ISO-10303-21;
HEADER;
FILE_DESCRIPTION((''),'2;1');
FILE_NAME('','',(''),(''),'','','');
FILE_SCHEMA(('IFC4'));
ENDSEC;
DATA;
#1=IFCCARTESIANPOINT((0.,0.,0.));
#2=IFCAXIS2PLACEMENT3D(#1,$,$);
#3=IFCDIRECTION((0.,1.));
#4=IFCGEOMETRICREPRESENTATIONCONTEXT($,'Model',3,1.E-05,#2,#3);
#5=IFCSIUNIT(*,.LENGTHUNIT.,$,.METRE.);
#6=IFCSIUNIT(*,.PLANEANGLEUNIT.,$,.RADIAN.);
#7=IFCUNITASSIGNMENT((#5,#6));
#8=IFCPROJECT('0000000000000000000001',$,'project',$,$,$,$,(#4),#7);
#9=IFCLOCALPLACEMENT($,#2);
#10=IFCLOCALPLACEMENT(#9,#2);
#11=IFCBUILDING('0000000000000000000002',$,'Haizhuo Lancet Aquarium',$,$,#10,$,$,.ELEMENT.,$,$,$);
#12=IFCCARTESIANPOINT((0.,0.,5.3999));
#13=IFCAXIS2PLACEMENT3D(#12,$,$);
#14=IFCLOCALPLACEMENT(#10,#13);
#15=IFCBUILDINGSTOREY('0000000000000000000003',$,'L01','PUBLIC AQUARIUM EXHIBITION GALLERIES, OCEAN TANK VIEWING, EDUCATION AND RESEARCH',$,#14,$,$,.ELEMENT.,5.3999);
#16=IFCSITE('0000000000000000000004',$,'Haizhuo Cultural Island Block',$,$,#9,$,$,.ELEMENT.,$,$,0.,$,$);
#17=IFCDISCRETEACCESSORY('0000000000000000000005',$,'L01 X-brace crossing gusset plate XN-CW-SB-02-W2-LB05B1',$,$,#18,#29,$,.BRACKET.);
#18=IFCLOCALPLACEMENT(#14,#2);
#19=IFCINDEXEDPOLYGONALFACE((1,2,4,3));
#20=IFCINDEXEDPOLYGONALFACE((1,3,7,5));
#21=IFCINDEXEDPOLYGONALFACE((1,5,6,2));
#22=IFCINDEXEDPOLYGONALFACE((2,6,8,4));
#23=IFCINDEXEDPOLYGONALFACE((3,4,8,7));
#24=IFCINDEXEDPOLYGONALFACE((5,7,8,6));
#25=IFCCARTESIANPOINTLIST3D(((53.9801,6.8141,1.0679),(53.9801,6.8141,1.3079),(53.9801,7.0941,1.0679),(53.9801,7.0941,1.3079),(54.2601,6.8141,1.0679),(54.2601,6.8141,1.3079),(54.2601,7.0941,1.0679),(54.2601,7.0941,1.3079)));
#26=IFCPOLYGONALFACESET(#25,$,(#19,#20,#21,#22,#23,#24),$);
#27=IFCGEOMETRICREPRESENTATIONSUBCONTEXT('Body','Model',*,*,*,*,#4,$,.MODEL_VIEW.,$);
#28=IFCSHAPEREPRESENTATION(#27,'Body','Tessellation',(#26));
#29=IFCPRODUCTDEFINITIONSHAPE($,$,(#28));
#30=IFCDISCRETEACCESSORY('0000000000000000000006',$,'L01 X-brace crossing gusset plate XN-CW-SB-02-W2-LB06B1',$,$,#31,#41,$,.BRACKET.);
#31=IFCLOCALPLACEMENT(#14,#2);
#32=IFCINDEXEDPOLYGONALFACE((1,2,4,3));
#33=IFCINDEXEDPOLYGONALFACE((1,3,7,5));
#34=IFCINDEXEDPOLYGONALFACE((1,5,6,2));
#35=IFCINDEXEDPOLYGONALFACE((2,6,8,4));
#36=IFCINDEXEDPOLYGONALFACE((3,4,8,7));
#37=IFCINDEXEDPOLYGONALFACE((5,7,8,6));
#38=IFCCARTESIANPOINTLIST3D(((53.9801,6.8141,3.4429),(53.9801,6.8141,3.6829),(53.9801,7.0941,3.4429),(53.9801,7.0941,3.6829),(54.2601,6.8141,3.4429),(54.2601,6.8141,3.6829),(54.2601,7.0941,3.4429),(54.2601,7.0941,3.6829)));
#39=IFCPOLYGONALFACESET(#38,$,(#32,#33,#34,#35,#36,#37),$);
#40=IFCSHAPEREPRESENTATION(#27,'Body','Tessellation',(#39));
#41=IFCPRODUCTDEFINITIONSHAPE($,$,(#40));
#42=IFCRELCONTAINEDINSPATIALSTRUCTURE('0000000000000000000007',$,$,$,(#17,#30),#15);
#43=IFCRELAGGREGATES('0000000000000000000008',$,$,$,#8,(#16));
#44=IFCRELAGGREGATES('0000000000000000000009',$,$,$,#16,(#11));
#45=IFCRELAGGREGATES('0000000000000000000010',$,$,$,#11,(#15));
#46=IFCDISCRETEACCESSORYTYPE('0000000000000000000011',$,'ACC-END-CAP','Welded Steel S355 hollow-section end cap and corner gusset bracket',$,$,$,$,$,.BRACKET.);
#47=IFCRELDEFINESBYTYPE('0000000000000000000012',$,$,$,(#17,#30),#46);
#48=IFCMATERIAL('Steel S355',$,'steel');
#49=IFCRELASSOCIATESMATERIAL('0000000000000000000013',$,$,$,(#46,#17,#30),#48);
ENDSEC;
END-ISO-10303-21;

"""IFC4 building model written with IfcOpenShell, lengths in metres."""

from ifc_helpers import new_model, si_unit, direction, frame, origin, origin_2d, place, context, subcontext, project, spatial, rectangle, extrude, material, type_object, element, save


model = new_model("IFC4")

# Units and contexts
model_context = context("Model", 3, precision=1e-05, world=origin(), true_north=direction((0.0, 1.0)))
body_context = subcontext(model_context, "Body", "Model", "MODEL_VIEW")
ifc_project = project(units=[si_unit("LENGTHUNIT", "METRE"), si_unit("PLANEANGLEUNIT", "RADIAN")], contexts=[model_context])

# Site, building, storey
site_placement = place(None, origin())
site = spatial("IfcSite", under=ifc_project, at=site_placement, Name="Haizhuo Cultural Island Block", CompositionType="ELEMENT", RefElevation=0.0)
building_placement = place(site_placement, origin())
building = spatial("IfcBuilding", under=site, at=building_placement, Name="Haizhuo Lancet Aquarium", CompositionType="ELEMENT")
storey_placement = place(building_placement, frame((0.0, 0.0, 5.3999)))
storey = spatial("IfcBuildingStorey", under=building, at=storey_placement, Name="L01", Description="PUBLIC AQUARIUM EXHIBITION GALLERIES, OCEAN TANK VIEWING, EDUCATION AND RESEARCH", CompositionType="ELEMENT", Elevation=5.3999)

# Shared definitions
ifc_material_1 = material(Name="Steel S355", Category="steel")

# Discrete accessories
discrete_accessory_type = type_object("IfcDiscreteAccessoryType", Name="ACC-END-CAP", Description="Welded Steel S355 hollow-section end cap and corner gusset bracket", PredefinedType="BRACKET", material=ifc_material_1)
for number, where, z_axis, x_axis, name in (
    (1, (54.1201, 6.9541, 1.0679), (0.0, 0.0, 1.0), (1.0, 0.0, 0.0), "L01 X-brace crossing gusset plate XN-CW-SB-02-W2-LB05B1"),
    (2, (54.1201, 6.9541, 3.4429), (0.0, 0.0, 1.0), (1.0, 0.0, 0.0), "L01 X-brace crossing gusset plate XN-CW-SB-02-W2-LB06B1"),
):
    element("IfcDiscreteAccessory", number, at=place(storey_placement, frame(where, z_axis=z_axis, x_axis=x_axis)), inside=storey, type_object=discrete_accessory_type, material=ifc_material_1, Name=name, PredefinedType="BRACKET", context=body_context, shape_type="SweptSolid", body=[
        extrude(rectangle(XDim=0.28, YDim=0.28, at=origin_2d()), origin(), (0.0, 0.0, 1.0), 0.24),
    ])

save(model, "model.ifc")
